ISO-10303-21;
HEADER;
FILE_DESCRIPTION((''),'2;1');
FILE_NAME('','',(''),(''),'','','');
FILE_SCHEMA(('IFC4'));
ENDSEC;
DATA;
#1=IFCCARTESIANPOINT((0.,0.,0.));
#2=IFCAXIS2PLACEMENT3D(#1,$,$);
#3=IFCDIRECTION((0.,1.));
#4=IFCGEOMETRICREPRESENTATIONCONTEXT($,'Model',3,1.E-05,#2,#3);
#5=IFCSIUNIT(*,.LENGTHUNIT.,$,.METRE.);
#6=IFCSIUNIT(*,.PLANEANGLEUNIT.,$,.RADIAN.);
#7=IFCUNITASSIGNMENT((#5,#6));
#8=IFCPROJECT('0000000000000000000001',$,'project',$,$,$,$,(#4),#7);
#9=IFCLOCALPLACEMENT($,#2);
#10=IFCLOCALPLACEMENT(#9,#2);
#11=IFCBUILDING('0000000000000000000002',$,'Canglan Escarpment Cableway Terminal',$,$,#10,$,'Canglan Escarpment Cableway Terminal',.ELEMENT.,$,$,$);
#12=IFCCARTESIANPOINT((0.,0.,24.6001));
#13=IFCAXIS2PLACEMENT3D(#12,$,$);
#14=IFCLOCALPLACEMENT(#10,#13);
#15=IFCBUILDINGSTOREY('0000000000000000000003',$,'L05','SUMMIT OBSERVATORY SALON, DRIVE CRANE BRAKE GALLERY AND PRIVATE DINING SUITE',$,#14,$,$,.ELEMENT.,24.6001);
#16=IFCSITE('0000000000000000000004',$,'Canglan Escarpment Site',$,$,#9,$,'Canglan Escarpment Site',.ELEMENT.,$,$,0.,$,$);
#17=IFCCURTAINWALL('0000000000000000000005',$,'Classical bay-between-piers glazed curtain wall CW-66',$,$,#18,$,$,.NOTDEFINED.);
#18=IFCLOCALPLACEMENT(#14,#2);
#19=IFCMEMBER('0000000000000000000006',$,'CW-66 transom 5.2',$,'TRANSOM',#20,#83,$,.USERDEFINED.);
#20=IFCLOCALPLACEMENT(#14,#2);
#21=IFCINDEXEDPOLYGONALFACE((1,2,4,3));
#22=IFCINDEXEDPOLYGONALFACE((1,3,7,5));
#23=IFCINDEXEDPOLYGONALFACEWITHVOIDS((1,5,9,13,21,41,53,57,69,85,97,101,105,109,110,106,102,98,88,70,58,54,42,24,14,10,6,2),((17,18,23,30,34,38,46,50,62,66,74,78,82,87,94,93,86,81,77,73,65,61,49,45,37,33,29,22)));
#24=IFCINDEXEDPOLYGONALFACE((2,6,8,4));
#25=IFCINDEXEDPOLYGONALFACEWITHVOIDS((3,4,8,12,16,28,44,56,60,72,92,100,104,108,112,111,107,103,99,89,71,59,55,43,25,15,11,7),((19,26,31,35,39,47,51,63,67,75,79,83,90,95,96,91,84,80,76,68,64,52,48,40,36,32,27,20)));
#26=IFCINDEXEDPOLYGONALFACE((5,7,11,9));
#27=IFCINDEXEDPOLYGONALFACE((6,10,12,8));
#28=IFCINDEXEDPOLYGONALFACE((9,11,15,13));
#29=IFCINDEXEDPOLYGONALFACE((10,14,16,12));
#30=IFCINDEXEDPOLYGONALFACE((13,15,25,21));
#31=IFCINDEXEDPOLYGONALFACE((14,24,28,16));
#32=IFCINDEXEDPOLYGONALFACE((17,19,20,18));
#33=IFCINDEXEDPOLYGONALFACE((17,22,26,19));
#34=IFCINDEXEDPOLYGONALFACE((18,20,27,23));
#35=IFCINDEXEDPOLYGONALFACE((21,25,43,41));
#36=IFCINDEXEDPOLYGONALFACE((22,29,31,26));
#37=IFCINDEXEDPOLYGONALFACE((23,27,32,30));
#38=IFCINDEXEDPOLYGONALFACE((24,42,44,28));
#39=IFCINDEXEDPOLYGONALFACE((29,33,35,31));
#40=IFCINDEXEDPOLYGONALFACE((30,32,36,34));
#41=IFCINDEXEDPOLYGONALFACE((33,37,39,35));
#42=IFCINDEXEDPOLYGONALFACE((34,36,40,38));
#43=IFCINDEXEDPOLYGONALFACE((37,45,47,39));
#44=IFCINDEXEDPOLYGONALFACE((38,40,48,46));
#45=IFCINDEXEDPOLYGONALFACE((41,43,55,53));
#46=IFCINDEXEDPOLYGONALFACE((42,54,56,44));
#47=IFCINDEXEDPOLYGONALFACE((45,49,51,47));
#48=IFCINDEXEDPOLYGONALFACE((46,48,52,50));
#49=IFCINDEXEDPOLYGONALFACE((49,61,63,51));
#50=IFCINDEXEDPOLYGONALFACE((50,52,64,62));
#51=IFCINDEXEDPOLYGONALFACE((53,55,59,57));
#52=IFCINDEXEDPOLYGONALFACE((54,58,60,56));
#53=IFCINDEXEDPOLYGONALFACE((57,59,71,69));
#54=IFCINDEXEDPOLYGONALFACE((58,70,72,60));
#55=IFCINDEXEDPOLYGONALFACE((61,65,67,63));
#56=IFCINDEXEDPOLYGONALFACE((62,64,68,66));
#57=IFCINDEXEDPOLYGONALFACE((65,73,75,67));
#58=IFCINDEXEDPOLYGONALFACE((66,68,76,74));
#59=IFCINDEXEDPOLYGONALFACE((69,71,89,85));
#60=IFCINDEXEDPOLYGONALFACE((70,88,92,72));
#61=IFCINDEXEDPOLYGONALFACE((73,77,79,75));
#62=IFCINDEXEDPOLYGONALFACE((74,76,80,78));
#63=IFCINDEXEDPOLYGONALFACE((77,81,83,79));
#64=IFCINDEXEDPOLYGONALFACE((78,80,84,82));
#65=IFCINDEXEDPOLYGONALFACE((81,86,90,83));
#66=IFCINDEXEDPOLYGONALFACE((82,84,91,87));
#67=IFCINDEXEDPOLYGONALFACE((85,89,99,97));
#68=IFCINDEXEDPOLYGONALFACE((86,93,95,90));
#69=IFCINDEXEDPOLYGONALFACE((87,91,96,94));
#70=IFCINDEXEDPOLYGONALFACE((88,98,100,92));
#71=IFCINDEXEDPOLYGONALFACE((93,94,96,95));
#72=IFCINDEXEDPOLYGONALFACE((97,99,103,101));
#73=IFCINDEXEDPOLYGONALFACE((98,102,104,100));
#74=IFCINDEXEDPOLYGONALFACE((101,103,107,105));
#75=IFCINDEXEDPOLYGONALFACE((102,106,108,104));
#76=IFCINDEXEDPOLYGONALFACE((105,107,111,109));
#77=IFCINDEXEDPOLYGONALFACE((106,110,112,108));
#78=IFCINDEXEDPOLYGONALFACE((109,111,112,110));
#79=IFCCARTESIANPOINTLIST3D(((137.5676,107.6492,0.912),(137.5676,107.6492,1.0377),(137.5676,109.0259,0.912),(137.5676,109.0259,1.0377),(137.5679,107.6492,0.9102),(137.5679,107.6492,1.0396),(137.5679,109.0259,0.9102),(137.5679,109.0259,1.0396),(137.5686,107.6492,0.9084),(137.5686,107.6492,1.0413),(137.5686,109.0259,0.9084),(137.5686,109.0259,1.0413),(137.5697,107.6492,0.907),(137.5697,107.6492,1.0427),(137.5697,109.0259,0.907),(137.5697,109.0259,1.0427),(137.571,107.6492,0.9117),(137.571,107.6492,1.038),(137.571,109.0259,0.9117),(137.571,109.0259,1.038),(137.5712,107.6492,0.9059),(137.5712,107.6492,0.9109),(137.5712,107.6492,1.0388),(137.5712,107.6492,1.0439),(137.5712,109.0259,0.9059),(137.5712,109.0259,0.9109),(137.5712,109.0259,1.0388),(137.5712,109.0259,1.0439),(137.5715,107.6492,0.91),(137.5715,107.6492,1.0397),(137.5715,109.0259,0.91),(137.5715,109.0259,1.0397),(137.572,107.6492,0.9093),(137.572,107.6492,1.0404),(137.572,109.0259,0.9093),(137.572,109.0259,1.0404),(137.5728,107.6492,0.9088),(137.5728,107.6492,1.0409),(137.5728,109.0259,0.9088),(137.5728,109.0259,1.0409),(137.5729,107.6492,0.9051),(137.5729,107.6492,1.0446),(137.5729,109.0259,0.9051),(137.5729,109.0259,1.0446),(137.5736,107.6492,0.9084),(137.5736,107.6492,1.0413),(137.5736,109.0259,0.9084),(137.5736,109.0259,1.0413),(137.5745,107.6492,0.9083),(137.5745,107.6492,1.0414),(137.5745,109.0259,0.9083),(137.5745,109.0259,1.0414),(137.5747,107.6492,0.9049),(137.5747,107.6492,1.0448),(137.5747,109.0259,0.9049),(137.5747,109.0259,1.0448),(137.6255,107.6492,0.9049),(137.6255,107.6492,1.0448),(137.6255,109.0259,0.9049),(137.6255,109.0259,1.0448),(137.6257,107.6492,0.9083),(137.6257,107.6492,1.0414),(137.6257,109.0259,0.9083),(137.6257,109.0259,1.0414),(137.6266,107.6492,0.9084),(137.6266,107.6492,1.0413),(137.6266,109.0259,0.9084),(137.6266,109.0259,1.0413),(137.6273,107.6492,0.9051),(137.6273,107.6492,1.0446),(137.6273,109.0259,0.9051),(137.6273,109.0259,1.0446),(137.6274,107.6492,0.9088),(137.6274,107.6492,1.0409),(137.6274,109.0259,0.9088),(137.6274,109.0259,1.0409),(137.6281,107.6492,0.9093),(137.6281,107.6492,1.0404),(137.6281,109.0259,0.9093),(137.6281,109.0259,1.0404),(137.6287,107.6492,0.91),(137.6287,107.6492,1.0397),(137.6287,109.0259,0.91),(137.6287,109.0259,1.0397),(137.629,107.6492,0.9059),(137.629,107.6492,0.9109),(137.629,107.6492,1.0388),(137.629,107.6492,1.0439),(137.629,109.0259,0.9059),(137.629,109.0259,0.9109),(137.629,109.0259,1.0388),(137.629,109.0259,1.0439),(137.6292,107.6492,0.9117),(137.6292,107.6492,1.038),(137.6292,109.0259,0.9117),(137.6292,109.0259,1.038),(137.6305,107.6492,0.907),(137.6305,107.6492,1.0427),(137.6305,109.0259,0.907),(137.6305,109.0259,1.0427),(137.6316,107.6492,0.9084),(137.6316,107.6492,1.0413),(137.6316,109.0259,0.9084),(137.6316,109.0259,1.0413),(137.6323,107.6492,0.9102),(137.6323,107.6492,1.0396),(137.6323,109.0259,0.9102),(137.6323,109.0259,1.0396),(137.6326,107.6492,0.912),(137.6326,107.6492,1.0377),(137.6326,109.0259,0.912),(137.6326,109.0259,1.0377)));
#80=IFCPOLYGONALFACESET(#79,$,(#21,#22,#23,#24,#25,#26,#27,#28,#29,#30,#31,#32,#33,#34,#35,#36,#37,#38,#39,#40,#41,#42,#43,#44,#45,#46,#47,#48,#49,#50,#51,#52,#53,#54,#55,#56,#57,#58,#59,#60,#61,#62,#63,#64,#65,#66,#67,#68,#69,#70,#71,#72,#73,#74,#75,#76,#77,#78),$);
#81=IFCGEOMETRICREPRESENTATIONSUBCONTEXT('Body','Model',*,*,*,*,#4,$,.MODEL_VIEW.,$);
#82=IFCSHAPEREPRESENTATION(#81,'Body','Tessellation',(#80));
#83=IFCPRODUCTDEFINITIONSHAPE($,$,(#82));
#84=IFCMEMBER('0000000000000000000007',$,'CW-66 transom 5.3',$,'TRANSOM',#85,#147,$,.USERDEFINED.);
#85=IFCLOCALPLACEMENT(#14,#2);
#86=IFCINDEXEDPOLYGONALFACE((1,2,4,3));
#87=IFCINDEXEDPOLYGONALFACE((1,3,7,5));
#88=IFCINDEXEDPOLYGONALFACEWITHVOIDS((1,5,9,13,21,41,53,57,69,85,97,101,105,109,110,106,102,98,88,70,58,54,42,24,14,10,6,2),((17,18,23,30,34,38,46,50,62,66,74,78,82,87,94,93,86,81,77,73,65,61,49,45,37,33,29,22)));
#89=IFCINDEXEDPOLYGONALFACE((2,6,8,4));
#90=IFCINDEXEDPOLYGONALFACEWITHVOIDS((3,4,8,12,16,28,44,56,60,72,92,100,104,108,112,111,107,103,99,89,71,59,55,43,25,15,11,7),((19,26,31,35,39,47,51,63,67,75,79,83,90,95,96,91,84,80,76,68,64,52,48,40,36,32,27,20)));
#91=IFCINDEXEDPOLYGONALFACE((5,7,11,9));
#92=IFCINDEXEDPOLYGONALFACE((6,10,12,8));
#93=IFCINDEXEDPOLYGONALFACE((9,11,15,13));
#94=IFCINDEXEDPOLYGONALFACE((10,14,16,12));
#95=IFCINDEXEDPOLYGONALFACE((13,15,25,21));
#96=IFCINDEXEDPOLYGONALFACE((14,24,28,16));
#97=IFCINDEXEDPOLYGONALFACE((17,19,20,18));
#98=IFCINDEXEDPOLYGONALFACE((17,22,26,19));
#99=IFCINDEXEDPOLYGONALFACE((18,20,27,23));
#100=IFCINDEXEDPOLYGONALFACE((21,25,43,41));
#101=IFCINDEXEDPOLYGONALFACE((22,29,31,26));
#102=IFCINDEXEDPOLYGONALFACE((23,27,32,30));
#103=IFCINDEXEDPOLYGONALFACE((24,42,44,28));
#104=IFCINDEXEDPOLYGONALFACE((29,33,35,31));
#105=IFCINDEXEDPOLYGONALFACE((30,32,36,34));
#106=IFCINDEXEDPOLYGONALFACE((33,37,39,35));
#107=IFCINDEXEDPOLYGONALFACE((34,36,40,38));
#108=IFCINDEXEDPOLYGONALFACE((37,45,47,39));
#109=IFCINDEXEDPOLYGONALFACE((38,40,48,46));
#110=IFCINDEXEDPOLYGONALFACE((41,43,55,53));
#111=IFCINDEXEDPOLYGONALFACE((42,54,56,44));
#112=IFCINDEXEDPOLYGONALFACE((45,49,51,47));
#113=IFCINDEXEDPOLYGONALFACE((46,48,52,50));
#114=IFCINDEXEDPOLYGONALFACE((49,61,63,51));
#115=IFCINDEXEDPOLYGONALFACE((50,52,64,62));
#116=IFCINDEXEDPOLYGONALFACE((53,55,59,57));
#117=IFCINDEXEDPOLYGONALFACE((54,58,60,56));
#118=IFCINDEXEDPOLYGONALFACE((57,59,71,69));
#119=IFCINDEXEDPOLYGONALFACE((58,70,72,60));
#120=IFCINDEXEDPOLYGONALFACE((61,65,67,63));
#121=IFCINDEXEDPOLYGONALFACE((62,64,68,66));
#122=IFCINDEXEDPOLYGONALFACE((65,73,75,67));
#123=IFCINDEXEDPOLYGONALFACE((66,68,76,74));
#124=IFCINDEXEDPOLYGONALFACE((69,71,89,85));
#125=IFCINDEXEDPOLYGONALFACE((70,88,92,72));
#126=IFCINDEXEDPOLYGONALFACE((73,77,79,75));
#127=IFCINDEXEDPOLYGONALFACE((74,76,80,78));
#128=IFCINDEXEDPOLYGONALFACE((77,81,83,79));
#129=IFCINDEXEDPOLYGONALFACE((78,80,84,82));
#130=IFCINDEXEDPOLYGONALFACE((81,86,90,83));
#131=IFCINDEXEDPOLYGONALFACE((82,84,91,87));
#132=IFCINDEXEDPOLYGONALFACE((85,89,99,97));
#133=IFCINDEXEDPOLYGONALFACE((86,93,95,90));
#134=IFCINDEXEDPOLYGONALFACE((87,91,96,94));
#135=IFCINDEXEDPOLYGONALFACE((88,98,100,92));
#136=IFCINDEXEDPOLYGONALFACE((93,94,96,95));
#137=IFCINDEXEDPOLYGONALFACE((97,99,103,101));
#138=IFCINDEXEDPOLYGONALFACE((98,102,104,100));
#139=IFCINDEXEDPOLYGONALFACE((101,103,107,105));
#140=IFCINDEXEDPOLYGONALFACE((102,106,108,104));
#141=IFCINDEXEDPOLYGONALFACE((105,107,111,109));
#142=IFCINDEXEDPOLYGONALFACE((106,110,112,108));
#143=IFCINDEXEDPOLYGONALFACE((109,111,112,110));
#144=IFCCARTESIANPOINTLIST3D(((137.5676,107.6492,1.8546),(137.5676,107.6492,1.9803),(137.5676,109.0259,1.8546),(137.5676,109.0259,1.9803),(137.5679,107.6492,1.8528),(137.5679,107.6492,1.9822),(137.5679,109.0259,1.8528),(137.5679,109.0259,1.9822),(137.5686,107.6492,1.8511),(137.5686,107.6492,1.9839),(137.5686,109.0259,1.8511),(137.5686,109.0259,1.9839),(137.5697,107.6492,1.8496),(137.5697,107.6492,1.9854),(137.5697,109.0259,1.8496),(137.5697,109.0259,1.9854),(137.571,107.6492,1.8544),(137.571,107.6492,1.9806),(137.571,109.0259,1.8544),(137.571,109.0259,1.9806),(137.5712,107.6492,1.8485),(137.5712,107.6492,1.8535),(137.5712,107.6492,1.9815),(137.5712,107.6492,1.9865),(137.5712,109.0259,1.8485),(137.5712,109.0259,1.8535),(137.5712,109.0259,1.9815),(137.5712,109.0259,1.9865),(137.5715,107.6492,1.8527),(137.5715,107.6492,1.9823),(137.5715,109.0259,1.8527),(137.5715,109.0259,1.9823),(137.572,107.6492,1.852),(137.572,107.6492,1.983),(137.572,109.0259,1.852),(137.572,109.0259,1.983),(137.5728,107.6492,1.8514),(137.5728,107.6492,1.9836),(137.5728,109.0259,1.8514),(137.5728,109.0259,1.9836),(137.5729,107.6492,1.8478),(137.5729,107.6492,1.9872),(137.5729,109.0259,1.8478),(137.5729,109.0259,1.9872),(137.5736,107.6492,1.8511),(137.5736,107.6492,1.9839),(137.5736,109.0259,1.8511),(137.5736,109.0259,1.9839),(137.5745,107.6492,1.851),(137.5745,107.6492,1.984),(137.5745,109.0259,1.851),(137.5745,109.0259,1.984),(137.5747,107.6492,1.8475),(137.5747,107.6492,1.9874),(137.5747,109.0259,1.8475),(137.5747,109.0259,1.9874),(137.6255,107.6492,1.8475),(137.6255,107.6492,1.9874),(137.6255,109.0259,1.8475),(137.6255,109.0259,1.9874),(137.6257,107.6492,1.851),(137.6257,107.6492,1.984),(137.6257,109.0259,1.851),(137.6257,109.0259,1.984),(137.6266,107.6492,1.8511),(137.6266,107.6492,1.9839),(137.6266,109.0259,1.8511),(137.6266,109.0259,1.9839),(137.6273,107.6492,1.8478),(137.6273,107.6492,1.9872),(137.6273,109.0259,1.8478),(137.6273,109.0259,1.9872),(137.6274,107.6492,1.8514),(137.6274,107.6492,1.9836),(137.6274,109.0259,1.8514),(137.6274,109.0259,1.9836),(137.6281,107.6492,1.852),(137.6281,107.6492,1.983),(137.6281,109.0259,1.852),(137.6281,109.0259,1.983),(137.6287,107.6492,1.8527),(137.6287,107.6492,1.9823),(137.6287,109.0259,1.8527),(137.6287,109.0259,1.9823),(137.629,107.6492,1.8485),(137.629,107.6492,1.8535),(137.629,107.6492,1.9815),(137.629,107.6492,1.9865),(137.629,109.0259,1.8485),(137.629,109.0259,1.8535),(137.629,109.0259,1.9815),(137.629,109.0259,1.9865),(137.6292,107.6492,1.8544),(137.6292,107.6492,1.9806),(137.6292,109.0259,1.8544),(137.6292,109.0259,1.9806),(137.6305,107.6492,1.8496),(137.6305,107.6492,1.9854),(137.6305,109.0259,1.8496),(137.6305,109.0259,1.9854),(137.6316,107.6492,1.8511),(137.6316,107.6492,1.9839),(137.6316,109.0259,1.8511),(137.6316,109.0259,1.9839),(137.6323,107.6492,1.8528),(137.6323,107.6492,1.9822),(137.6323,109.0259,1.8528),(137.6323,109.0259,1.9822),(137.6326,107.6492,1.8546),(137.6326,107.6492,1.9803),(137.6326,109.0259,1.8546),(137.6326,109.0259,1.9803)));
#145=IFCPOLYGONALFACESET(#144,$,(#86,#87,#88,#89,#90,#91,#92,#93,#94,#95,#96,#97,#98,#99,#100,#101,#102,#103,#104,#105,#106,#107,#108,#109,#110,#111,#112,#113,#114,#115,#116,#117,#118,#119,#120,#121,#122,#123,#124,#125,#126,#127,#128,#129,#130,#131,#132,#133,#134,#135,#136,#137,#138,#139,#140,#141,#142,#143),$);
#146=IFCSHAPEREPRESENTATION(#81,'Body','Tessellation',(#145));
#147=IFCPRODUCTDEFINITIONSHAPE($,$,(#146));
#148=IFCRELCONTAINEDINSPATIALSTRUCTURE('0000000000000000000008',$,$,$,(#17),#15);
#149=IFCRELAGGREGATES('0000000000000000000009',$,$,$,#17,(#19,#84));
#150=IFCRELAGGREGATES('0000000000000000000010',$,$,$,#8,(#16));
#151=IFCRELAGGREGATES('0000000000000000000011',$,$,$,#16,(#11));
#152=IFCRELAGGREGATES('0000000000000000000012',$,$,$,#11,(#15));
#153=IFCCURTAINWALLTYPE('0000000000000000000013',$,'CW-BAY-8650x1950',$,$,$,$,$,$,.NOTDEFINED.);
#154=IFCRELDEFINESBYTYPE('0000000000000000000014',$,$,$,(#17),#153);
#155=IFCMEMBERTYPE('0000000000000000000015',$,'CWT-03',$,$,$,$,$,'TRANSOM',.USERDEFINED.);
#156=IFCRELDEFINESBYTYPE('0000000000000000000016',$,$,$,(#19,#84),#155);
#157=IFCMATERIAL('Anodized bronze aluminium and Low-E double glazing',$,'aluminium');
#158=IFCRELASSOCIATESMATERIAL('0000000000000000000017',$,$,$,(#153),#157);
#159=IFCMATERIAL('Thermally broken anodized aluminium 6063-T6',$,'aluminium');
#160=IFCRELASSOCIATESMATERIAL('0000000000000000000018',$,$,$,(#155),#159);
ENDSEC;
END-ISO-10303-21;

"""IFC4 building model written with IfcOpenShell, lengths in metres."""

from ifc_helpers import new_model, si_unit, direction, frame, origin, origin_2d, place, context, subcontext, project, spatial, hollow_rectangle, extrude, material, material_profile, profile_set, type_object, element, aggregate, save


model = new_model("IFC4")

# Units and contexts
model_context = context("Model", 3, precision=1e-05, world=origin(), true_north=direction((0.0, 1.0)))
body_context = subcontext(model_context, "Body", "Model", "MODEL_VIEW")
ifc_project = project(units=[si_unit("LENGTHUNIT", "METRE"), si_unit("PLANEANGLEUNIT", "RADIAN")], contexts=[model_context])

# Site, building, storey
site_placement = place(None, origin())
site = spatial("IfcSite", under=ifc_project, at=site_placement, Name="Canglan Escarpment Site", LongName="Canglan Escarpment Site", CompositionType="ELEMENT", RefElevation=0.0)
building_placement = place(site_placement, origin())
building = spatial("IfcBuilding", under=site, at=building_placement, Name="Canglan Escarpment Cableway Terminal", LongName="Canglan Escarpment Cableway Terminal", CompositionType="ELEMENT")
storey_placement = place(building_placement, frame((0.0, 0.0, 24.6001)))
storey = spatial("IfcBuildingStorey", under=building, at=storey_placement, Name="L05", Description="SUMMIT OBSERVATORY SALON, DRIVE CRANE BRAKE GALLERY AND PRIVATE DINING SUITE", CompositionType="ELEMENT", Elevation=24.6001)

# Curtain wall, members
ifc_material_1 = material(Name="Anodized bronze aluminium and Low-E double glazing", Category="aluminium")
curtain_wall_type = type_object("IfcCurtainWallType", Name="CW-BAY-8650x1950", PredefinedType="NOTDEFINED", material=ifc_material_1)
curtain_wall_placement = place(storey_placement, origin())
curtain_wall = element("IfcCurtainWall", 1, at=curtain_wall_placement, inside=storey, type_object=curtain_wall_type, Name="Classical bay-between-piers glazed curtain wall CW-66", PredefinedType="NOTDEFINED")
ifc_material_2 = material(Name="Thermally broken anodized aluminium 6063-T6", Category="aluminium")
ifc_material_profile_1 = material_profile(ifc_material_2, hollow_rectangle(XDim=0.0649, YDim=0.1399, WallThickness=0.0034, InnerFilletRadius=0.0034, OuterFilletRadius=0.0071, at=origin_2d()), Name="ALU-TRAN 65x140x3.5")
ifc_profile_set_1 = profile_set([ifc_material_profile_1], Name="Thermally broken anodized aluminium 6063-T6")
member_type_1 = type_object("IfcMemberType", Name="CWT-03", ElementType="TRANSOM", PredefinedType="USERDEFINED", material=ifc_profile_set_1)
member_1_placement = place(storey_placement, frame((137.6001, 109.0259, 0.9749), z_axis=(0.0, -1.0, 0.0), x_axis=(1.0, 0.0, 0.0)))
member_1 = element("IfcMember", 2, at=member_1_placement, type_object=member_type_1, Name="CW-66 transom 5.2", ObjectType="TRANSOM", PredefinedType="USERDEFINED", context=body_context, shape_type="SweptSolid", body=[
    extrude(hollow_rectangle(XDim=0.0649, YDim=0.1399, WallThickness=0.0034, InnerFilletRadius=0.0034, OuterFilletRadius=0.0071, at=origin_2d()), origin(), (0.0, 0.0, 1.0), 1.3767),
])
member_2_placement = place(storey_placement, frame((137.6001, 109.0259, 1.9175), z_axis=(0.0, -1.0, 0.0), x_axis=(1.0, 0.0, 0.0)))
member_2 = element("IfcMember", 3, at=member_2_placement, type_object=member_type_1, Name="CW-66 transom 5.3", ObjectType="TRANSOM", PredefinedType="USERDEFINED", context=body_context, shape_type="SweptSolid", body=[
    extrude(hollow_rectangle(XDim=0.0649, YDim=0.1399, WallThickness=0.0034, InnerFilletRadius=0.0034, OuterFilletRadius=0.0071, at=origin_2d()), origin(), (0.0, 0.0, 1.0), 1.3767),
])

aggregate(curtain_wall, [member_1, member_2])

save(model, "model.ifc")
